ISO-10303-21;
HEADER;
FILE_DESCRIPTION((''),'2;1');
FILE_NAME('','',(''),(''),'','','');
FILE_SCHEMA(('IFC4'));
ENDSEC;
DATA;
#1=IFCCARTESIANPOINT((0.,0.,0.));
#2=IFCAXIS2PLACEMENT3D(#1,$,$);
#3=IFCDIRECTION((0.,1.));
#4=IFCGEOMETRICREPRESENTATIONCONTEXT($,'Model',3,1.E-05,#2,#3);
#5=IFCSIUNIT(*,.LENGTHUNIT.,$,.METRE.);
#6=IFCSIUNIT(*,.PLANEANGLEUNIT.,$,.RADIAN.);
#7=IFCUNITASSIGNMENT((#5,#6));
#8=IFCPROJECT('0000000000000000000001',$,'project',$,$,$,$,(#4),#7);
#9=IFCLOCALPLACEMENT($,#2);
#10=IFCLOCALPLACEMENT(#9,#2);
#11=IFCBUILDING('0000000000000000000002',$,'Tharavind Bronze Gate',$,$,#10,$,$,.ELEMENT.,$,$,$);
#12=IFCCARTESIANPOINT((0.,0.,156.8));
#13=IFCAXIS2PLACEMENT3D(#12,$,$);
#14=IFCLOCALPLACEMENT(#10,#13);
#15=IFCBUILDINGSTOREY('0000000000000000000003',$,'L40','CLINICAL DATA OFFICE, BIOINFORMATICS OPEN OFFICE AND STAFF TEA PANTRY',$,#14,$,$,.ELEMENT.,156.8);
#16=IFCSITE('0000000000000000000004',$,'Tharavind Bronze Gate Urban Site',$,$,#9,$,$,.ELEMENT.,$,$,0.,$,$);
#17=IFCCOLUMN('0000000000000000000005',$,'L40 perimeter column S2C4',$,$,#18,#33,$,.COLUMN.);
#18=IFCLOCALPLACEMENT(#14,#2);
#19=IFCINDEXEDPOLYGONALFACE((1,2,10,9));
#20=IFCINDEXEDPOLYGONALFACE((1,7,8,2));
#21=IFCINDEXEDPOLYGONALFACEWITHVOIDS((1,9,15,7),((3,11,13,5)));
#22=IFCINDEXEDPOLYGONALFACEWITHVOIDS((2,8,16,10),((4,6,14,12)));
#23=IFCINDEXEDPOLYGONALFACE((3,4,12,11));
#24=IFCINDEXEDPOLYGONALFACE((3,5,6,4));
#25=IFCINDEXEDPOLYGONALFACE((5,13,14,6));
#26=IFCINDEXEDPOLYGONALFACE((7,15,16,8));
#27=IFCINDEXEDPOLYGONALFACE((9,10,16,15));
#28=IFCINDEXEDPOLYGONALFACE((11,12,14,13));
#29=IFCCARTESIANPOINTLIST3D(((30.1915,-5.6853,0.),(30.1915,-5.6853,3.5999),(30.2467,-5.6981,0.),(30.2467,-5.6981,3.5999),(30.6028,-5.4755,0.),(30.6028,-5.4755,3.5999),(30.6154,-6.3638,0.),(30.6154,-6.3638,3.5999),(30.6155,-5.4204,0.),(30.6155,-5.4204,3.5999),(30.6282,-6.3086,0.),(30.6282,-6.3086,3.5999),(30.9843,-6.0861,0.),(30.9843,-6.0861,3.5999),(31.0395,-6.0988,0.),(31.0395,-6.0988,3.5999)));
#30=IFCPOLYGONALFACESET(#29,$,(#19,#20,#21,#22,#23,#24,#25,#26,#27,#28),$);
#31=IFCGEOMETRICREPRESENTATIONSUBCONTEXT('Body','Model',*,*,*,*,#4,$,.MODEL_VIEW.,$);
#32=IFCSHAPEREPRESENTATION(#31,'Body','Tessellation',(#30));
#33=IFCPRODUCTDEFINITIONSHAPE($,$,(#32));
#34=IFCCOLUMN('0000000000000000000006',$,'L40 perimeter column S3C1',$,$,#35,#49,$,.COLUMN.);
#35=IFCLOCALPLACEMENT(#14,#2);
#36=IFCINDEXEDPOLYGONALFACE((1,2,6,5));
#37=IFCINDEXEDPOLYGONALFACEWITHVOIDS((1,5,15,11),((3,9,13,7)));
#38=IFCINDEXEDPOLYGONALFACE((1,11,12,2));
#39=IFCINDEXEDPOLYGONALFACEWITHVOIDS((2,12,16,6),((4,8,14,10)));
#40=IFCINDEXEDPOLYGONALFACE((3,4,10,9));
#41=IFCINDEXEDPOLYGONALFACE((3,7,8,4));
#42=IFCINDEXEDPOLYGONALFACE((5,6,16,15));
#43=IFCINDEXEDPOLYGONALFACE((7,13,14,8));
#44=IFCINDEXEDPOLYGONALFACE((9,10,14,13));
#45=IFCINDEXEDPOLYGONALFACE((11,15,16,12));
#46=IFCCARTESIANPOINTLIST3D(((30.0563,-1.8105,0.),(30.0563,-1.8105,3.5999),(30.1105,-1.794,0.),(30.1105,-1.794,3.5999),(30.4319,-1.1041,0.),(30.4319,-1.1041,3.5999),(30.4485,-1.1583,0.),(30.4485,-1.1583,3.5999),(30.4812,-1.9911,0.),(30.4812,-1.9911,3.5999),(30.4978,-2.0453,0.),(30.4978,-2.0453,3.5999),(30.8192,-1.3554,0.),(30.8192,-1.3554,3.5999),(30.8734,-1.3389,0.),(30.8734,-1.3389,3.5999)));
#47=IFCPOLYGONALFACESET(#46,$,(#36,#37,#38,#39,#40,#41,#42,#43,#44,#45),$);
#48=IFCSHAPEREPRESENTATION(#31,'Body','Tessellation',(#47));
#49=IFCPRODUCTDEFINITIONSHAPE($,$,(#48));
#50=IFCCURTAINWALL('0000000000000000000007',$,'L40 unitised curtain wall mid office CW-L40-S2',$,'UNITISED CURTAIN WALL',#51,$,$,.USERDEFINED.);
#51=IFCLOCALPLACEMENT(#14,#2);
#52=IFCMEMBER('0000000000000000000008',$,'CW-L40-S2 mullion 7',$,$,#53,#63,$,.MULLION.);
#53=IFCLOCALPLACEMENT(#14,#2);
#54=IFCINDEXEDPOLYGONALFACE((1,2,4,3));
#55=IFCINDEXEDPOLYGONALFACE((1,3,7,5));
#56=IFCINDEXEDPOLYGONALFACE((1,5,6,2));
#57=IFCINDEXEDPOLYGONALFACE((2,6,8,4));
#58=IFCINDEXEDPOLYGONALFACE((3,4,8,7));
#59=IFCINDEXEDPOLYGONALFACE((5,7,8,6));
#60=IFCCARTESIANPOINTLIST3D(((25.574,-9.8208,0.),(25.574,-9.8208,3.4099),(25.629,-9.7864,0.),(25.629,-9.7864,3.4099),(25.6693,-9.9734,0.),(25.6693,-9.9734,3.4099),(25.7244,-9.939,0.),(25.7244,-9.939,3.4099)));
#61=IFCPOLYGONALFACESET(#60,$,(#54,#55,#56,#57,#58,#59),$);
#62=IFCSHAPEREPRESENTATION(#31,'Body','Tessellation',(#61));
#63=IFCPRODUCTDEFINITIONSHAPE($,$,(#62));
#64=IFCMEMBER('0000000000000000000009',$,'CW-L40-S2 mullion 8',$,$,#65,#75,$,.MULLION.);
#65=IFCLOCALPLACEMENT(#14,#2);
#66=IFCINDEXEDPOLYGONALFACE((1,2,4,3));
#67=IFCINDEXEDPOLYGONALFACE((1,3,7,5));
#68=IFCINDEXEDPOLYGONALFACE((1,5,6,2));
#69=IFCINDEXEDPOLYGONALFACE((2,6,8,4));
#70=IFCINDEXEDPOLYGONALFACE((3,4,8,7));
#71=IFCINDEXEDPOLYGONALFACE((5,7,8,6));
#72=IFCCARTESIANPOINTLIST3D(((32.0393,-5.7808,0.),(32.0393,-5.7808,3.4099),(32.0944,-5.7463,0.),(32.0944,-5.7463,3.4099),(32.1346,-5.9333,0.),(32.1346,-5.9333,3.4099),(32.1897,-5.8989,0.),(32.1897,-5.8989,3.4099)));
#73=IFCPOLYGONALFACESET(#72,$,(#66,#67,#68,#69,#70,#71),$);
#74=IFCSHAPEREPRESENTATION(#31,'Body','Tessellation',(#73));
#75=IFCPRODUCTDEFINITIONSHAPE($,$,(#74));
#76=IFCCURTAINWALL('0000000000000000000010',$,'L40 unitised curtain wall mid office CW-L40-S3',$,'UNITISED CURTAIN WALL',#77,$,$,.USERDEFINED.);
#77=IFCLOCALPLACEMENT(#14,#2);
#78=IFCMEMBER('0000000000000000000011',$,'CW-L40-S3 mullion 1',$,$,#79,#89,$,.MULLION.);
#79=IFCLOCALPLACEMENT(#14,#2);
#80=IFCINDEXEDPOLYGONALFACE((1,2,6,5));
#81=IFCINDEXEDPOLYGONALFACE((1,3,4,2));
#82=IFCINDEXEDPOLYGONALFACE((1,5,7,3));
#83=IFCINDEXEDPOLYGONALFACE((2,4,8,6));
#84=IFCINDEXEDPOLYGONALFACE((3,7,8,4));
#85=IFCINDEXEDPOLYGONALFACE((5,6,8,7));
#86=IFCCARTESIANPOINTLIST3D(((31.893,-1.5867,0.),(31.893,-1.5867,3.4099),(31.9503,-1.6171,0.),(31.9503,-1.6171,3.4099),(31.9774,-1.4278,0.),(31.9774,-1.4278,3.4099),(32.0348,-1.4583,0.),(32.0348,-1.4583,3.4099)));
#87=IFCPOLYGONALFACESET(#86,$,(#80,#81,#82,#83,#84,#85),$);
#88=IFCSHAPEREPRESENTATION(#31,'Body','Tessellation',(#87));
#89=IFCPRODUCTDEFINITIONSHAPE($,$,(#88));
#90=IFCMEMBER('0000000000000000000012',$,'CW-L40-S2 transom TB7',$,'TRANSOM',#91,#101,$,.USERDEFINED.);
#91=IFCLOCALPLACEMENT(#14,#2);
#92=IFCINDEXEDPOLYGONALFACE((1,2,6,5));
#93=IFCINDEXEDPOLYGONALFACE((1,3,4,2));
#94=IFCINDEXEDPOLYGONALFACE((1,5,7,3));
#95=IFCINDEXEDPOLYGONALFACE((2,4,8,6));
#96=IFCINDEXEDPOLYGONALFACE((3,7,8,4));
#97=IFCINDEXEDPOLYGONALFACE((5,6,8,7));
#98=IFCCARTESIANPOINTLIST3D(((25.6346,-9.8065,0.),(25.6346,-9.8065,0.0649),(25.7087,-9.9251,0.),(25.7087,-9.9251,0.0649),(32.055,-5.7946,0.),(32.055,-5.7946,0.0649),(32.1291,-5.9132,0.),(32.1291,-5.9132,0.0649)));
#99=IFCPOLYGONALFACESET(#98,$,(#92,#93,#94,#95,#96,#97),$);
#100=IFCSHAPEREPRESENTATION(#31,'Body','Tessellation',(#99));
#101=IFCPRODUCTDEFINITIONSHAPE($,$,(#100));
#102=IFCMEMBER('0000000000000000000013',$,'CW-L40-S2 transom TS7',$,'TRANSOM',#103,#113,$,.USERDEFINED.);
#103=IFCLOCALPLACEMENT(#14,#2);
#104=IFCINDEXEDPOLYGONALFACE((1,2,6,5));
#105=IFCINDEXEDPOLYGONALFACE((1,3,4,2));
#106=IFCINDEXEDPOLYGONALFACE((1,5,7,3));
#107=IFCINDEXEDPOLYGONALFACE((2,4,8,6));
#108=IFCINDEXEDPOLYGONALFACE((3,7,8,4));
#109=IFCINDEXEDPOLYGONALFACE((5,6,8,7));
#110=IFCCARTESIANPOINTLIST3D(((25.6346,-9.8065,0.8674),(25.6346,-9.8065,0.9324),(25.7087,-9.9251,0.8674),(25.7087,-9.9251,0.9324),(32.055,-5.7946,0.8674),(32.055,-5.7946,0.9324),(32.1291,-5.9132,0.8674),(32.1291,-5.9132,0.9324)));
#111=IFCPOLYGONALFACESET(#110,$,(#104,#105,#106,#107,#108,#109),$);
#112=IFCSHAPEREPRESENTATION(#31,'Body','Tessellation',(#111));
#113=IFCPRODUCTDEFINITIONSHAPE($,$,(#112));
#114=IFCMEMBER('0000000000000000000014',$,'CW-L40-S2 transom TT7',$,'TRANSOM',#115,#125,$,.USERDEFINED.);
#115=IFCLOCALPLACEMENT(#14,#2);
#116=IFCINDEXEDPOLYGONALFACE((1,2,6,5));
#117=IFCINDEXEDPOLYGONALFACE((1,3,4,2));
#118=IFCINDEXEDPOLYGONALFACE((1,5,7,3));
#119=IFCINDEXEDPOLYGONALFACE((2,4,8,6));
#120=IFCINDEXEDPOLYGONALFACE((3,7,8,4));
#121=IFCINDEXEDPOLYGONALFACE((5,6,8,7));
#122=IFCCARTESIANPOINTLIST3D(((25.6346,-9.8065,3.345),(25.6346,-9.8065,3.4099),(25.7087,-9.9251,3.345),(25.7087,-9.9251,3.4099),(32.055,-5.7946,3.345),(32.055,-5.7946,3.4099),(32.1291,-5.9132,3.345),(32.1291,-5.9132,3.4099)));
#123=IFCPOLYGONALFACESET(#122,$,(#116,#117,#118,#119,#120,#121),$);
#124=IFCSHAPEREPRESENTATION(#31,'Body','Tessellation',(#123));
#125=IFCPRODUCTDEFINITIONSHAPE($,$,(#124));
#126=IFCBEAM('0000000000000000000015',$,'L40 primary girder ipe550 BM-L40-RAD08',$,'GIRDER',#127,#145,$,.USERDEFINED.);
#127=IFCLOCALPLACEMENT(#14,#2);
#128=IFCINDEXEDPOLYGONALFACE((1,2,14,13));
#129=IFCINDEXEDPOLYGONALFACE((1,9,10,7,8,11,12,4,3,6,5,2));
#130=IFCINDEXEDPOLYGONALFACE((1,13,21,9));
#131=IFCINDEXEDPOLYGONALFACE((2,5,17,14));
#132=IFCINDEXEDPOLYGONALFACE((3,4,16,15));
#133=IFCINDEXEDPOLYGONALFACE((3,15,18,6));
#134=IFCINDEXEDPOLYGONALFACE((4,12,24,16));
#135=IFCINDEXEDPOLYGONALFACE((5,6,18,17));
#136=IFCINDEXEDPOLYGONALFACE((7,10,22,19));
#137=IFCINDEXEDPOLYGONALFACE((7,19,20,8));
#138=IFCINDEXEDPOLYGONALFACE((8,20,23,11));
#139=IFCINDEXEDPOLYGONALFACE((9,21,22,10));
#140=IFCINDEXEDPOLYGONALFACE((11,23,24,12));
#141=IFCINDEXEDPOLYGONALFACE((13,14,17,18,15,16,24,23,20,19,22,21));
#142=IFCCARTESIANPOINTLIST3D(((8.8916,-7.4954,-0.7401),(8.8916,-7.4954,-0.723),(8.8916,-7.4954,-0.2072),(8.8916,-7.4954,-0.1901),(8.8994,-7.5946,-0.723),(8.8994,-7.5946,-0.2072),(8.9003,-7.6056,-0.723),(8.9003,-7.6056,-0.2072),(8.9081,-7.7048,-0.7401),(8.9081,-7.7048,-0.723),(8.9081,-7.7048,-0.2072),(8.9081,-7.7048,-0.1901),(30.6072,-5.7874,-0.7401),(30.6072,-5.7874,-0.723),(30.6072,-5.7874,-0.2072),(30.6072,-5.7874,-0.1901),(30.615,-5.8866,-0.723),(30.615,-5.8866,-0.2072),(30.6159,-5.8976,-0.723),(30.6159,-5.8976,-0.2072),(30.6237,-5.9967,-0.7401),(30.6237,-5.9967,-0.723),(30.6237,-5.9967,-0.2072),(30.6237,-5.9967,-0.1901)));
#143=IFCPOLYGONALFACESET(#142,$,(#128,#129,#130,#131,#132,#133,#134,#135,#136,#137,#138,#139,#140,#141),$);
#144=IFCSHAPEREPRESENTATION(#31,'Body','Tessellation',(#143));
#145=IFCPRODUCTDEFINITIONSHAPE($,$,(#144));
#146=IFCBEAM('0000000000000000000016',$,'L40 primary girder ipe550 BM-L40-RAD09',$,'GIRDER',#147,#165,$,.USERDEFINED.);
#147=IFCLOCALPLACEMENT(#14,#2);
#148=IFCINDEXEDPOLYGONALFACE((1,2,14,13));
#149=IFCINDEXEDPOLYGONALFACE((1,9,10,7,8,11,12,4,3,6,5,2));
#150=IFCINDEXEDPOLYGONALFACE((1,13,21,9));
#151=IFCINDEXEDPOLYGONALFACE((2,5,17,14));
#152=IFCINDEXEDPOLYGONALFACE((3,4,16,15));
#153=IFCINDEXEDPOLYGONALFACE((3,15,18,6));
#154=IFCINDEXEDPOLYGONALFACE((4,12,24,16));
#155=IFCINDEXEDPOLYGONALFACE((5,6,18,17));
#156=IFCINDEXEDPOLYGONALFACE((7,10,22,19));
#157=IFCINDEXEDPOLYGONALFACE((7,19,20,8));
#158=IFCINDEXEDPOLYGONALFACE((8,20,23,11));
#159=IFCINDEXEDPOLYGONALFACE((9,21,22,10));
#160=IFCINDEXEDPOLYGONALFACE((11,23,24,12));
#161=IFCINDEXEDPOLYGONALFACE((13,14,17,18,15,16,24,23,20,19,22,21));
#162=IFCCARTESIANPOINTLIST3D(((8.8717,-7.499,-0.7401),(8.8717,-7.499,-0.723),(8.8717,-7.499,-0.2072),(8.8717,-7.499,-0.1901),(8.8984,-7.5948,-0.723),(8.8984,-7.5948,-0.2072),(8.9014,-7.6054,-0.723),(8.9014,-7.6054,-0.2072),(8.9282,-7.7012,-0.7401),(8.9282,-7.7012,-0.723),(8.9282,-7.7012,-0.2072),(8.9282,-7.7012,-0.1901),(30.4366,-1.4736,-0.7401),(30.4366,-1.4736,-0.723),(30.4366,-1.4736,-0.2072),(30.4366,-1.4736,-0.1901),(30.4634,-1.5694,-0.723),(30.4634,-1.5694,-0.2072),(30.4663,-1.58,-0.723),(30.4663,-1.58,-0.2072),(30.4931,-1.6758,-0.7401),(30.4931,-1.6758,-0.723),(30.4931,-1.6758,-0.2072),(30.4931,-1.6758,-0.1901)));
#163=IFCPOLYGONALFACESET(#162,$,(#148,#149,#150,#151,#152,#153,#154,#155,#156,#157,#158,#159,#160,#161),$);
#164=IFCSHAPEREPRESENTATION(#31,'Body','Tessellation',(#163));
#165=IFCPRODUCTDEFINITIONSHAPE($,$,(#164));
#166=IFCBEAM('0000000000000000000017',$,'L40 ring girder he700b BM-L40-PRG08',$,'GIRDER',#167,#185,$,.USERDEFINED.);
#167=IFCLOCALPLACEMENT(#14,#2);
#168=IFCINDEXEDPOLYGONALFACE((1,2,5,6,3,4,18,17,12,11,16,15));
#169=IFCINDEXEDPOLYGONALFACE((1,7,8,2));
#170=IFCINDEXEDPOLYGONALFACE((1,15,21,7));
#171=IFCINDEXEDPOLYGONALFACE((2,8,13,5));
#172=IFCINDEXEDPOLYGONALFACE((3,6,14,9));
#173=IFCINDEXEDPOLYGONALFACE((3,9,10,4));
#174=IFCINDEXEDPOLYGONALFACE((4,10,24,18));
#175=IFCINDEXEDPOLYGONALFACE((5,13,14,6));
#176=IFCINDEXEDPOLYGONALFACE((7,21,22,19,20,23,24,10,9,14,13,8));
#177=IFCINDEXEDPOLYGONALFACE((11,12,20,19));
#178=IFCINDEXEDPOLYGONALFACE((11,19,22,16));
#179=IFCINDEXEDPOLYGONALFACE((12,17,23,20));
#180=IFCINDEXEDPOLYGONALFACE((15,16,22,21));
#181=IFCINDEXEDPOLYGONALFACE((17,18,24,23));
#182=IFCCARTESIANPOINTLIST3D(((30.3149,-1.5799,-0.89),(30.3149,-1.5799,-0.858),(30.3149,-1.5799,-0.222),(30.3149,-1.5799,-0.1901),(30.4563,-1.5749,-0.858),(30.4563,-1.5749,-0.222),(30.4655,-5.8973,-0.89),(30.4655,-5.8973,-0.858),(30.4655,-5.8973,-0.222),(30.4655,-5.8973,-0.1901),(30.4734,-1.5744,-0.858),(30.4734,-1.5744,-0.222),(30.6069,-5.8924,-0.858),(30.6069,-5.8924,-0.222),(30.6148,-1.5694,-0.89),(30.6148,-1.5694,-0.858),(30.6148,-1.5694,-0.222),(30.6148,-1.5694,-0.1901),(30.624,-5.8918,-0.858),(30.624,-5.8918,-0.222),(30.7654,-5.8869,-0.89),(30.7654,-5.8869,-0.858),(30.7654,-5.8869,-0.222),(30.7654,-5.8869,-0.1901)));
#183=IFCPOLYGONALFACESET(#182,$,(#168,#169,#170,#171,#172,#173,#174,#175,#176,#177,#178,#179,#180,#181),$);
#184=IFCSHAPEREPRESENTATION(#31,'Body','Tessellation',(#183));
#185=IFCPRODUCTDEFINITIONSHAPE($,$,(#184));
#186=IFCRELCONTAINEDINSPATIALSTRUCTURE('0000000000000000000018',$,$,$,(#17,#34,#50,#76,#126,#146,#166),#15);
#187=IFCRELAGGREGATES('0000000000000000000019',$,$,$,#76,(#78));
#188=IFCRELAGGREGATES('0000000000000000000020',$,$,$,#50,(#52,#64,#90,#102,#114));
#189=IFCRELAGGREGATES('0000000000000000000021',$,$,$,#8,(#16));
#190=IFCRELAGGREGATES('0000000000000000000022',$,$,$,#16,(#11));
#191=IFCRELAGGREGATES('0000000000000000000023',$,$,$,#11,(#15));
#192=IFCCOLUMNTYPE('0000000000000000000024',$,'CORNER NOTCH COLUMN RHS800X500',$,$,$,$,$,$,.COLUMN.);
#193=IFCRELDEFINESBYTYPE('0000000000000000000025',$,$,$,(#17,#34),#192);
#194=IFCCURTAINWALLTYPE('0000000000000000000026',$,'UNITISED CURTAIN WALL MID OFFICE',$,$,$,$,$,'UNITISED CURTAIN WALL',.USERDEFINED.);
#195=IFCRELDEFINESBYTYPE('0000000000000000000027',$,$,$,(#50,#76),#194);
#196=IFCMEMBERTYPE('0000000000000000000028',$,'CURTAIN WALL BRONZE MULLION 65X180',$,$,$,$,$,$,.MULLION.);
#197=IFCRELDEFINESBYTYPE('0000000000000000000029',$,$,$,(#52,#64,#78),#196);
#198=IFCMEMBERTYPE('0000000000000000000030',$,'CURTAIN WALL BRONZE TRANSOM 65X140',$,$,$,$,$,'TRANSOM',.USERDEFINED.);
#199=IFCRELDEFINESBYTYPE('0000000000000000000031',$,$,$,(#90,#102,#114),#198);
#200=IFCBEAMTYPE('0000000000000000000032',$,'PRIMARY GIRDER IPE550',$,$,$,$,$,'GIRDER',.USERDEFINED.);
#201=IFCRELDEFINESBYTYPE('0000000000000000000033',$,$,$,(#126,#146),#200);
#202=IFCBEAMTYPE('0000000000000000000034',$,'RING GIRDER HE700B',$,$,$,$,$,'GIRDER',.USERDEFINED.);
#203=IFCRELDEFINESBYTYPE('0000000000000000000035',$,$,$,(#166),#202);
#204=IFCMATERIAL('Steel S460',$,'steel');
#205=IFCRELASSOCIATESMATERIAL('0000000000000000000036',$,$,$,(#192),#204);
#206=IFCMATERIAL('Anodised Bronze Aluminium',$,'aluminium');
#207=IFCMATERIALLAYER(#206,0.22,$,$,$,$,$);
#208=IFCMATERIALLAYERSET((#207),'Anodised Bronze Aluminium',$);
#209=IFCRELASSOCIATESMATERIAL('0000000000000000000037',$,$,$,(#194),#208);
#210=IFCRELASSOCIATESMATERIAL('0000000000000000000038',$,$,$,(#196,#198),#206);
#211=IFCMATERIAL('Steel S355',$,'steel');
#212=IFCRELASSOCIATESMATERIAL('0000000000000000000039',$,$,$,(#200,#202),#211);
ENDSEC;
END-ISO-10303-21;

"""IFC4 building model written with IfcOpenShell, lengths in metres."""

from ifc_helpers import new_model, si_unit, direction, frame, origin, origin_2d, place, context, subcontext, project, spatial, rectangle, hollow_rectangle, i_section, extrude, material, layer, layer_set, material_profile, profile_set, type_object, element, aggregate, save


model = new_model("IFC4")

# Units and contexts
model_context = context("Model", 3, precision=1e-05, world=origin(), true_north=direction((0.0, 1.0)))
body_context = subcontext(model_context, "Body", "Model", "MODEL_VIEW")
ifc_project = project(units=[si_unit("LENGTHUNIT", "METRE"), si_unit("PLANEANGLEUNIT", "RADIAN")], contexts=[model_context])

# Site, building, storey
site_placement = place(None, origin())
site = spatial("IfcSite", under=ifc_project, at=site_placement, Name="Tharavind Bronze Gate Urban Site", CompositionType="ELEMENT", RefElevation=0.0)
building_placement = place(site_placement, origin())
building = spatial("IfcBuilding", under=site, at=building_placement, Name="Tharavind Bronze Gate", CompositionType="ELEMENT")
storey_placement = place(building_placement, frame((0.0, 0.0, 156.8)))
storey = spatial("IfcBuildingStorey", under=building, at=storey_placement, Name="L40", Description="CLINICAL DATA OFFICE, BIOINFORMATICS OPEN OFFICE AND STAFF TEA PANTRY", CompositionType="ELEMENT", Elevation=156.8)

# Columns
ifc_material_1 = material(Name="Steel S460", Category="steel")
ifc_material_profile_1 = material_profile(ifc_material_1, hollow_rectangle(XDim=0.5, YDim=0.8, WallThickness=0.04, at=origin_2d()), Name="RHS800X500X40")
ifc_profile_set_1 = profile_set([ifc_material_profile_1], Name="Steel S460")
column_type = type_object("IfcColumnType", Name="CORNER NOTCH COLUMN RHS800X500", PredefinedType="COLUMN", material=ifc_profile_set_1)
for number, where, z_axis, x_axis, name in (
    (1, (30.6155, -5.8921, 0.0), (0.0, 0.0, 1.0), (0.848047, 0.529921, 0.0), "L40 perimeter column S2C4"),
    (2, (30.4648, -1.5747, 0.0), (0.0, 0.0, 1.0), (-0.882948, 0.46947, 0.0), "L40 perimeter column S3C1"),
):
    element("IfcColumn", number, at=place(storey_placement, frame(where, z_axis=z_axis, x_axis=x_axis)), inside=storey, type_object=column_type, Name=name, PredefinedType="COLUMN", context=body_context, shape_type="SweptSolid", body=[
        extrude(hollow_rectangle(XDim=0.5, YDim=0.8, WallThickness=0.04, at=origin_2d()), origin(), (0.0, 0.0, 1.0), 3.5999),
    ])

# Curtain wall, members
ifc_material_2 = material(Name="Anodised Bronze Aluminium", Category="aluminium")
ifc_layer_1 = layer(ifc_material_2, 0.22)
ifc_layer_set_1 = layer_set([ifc_layer_1], Name="Anodised Bronze Aluminium")
curtain_wall_type = type_object("IfcCurtainWallType", Name="UNITISED CURTAIN WALL MID OFFICE", ElementType="UNITISED CURTAIN WALL", PredefinedType="USERDEFINED", material=ifc_layer_set_1)
curtain_wall_1_placement = place(storey_placement, origin())
curtain_wall_1 = element("IfcCurtainWall", 3, at=curtain_wall_1_placement, inside=storey, type_object=curtain_wall_type, Name="L40 unitised curtain wall mid office CW-L40-S2", ObjectType="UNITISED CURTAIN WALL", PredefinedType="USERDEFINED")
member_type_1 = type_object("IfcMemberType", Name="CURTAIN WALL BRONZE MULLION 65X180", PredefinedType="MULLION", material=ifc_material_2)
member_1_placement = place(storey_placement, frame((25.6492, -9.8799, 0.0), z_axis=(0.0, 0.0, 1.0), x_axis=(0.848048, 0.529919, 0.0)))
member_1 = element("IfcMember", 4, at=member_1_placement, type_object=member_type_1, Name="CW-L40-S2 mullion 7", PredefinedType="MULLION", context=body_context, shape_type="SweptSolid", body=[
    extrude(rectangle(XDim=0.0649, YDim=0.1799, at=origin_2d()), origin(), (0.0, 0.0, 1.0), 3.4099),
])
member_2_placement = place(storey_placement, frame((32.1145, -5.8398, 0.0), z_axis=(0.0, 0.0, 1.0), x_axis=(0.848048, 0.529919, 0.0)))
member_2 = element("IfcMember", 5, at=member_2_placement, type_object=member_type_1, Name="CW-L40-S2 mullion 8", PredefinedType="MULLION", context=body_context, shape_type="SweptSolid", body=[
    extrude(rectangle(XDim=0.0649, YDim=0.1799, at=origin_2d()), origin(), (0.0, 0.0, 1.0), 3.4099),
])

# Curtain wall, member
curtain_wall_2_placement = place(storey_placement, origin())
curtain_wall_2 = element("IfcCurtainWall", 6, at=curtain_wall_2_placement, inside=storey, type_object=curtain_wall_type, Name="L40 unitised curtain wall mid office CW-L40-S3", ObjectType="UNITISED CURTAIN WALL", PredefinedType="USERDEFINED")
member_3_placement = place(storey_placement, frame((31.9639, -1.5225, 0.0), z_axis=(0.0, 0.0, 1.0), x_axis=(-0.882948, 0.469472, 0.0)))
member_3 = element("IfcMember", 7, at=member_3_placement, type_object=member_type_1, Name="CW-L40-S3 mullion 1", PredefinedType="MULLION", context=body_context, shape_type="SweptSolid", body=[
    extrude(rectangle(XDim=0.0649, YDim=0.1799, at=origin_2d()), origin(), (0.0, 0.0, 1.0), 3.4099),
])
aggregate(curtain_wall_2, [member_3])

# Members
member_type_2 = type_object("IfcMemberType", Name="CURTAIN WALL BRONZE TRANSOM 65X140", ElementType="TRANSOM", PredefinedType="USERDEFINED", material=ifc_material_2)
member_4_placement = place(storey_placement, frame((28.8818, -7.8599, 0.0), z_axis=(0.0, 0.0, 1.0), x_axis=(0.848048, 0.529919, 0.0)))
member_4 = element("IfcMember", 8, at=member_4_placement, type_object=member_type_2, Name="CW-L40-S2 transom TB7", ObjectType="TRANSOM", PredefinedType="USERDEFINED", context=body_context, shape_type="SweptSolid", body=[
    extrude(rectangle(XDim=7.5708, YDim=0.1399, at=origin_2d()), origin(), (0.0, 0.0, 1.0), 0.0649),
])
member_5_placement = place(storey_placement, frame((28.8818, -7.8599, 0.8674), z_axis=(0.0, 0.0, 1.0), x_axis=(0.848048, 0.529919, 0.0)))
member_5 = element("IfcMember", 9, at=member_5_placement, type_object=member_type_2, Name="CW-L40-S2 transom TS7", ObjectType="TRANSOM", PredefinedType="USERDEFINED", context=body_context, shape_type="SweptSolid", body=[
    extrude(rectangle(XDim=7.5708, YDim=0.1399, at=origin_2d()), origin(), (0.0, 0.0, 1.0), 0.0649),
])
member_6_placement = place(storey_placement, frame((28.8818, -7.8599, 3.345), z_axis=(0.0, 0.0, 1.0), x_axis=(0.848048, 0.529919, 0.0)))
member_6 = element("IfcMember", 10, at=member_6_placement, type_object=member_type_2, Name="CW-L40-S2 transom TT7", ObjectType="TRANSOM", PredefinedType="USERDEFINED", context=body_context, shape_type="SweptSolid", body=[
    extrude(rectangle(XDim=7.5708, YDim=0.1399, at=origin_2d()), origin(), (0.0, 0.0, 1.0), 0.0649),
])

# Beams
ifc_material_3 = material(Name="Steel S355", Category="steel")
ifc_material_profile_2 = material_profile(ifc_material_3, i_section(OverallWidth=0.21, OverallDepth=0.55, WebThickness=0.011, FlangeThickness=0.0171, at=origin_2d()), Name="IPE550")
ifc_profile_set_2 = profile_set([ifc_material_profile_2], Name="Steel S355")
beam_type_1 = type_object("IfcBeamType", Name="PRIMARY GIRDER IPE550", ElementType="GIRDER", PredefinedType="USERDEFINED", material=ifc_profile_set_2)
beam_1_placement = place(storey_placement, frame((30.6155, -5.8921, -0.4651), z_axis=(-0.996921, -0.078411, 0.0), x_axis=(0.078411, -0.996921, 0.0)))
element("IfcBeam", 11, at=beam_1_placement, inside=storey, type_object=beam_type_1, Name="L40 primary girder ipe550 BM-L40-RAD08", ObjectType="GIRDER", PredefinedType="USERDEFINED", context=body_context, shape_type="SweptSolid", body=[
    extrude(i_section(OverallWidth=0.21, OverallDepth=0.55, WebThickness=0.011, FlangeThickness=0.0171, at=origin_2d()), origin(), (0.0, 0.0, 1.0), 21.7827),
])
beam_2_placement = place(storey_placement, frame((30.4648, -1.5747, -0.4651), z_axis=(-0.963112, -0.2691, 0.0), x_axis=(0.2691, -0.963112, 0.0)))
element("IfcBeam", 12, at=beam_2_placement, inside=storey, type_object=beam_type_1, Name="L40 primary girder ipe550 BM-L40-RAD09", ObjectType="GIRDER", PredefinedType="USERDEFINED", context=body_context, shape_type="SweptSolid", body=[
    extrude(i_section(OverallWidth=0.21, OverallDepth=0.55, WebThickness=0.011, FlangeThickness=0.0171, at=origin_2d()), origin(), (0.0, 0.0, 1.0), 22.3909),
])
ifc_material_profile_3 = material_profile(ifc_material_3, i_section(OverallWidth=0.3, OverallDepth=0.7, WebThickness=0.0171, FlangeThickness=0.032, at=origin_2d()), Name="HE700B")
ifc_profile_set_3 = profile_set([ifc_material_profile_3], Name="Steel S355")
beam_type_2 = type_object("IfcBeamType", Name="RING GIRDER HE700B", ElementType="GIRDER", PredefinedType="USERDEFINED", material=ifc_profile_set_3)
beam_3_placement = place(storey_placement, frame((30.6155, -5.8921, -0.54), z_axis=(-0.034869, 0.999392, 0.0), x_axis=(-0.999392, -0.034869, 0.0)))
element("IfcBeam", 13, at=beam_3_placement, inside=storey, type_object=beam_type_2, Name="L40 ring girder he700b BM-L40-PRG08", ObjectType="GIRDER", PredefinedType="USERDEFINED", context=body_context, shape_type="SweptSolid", body=[
    extrude(i_section(OverallWidth=0.3, OverallDepth=0.7, WebThickness=0.0171, FlangeThickness=0.032, at=origin_2d()), origin(), (0.0, 0.0, 1.0), 4.3201),
])

aggregate(curtain_wall_1, [member_1, member_2, member_4, member_5, member_6])

save(model, "model.ifc")
